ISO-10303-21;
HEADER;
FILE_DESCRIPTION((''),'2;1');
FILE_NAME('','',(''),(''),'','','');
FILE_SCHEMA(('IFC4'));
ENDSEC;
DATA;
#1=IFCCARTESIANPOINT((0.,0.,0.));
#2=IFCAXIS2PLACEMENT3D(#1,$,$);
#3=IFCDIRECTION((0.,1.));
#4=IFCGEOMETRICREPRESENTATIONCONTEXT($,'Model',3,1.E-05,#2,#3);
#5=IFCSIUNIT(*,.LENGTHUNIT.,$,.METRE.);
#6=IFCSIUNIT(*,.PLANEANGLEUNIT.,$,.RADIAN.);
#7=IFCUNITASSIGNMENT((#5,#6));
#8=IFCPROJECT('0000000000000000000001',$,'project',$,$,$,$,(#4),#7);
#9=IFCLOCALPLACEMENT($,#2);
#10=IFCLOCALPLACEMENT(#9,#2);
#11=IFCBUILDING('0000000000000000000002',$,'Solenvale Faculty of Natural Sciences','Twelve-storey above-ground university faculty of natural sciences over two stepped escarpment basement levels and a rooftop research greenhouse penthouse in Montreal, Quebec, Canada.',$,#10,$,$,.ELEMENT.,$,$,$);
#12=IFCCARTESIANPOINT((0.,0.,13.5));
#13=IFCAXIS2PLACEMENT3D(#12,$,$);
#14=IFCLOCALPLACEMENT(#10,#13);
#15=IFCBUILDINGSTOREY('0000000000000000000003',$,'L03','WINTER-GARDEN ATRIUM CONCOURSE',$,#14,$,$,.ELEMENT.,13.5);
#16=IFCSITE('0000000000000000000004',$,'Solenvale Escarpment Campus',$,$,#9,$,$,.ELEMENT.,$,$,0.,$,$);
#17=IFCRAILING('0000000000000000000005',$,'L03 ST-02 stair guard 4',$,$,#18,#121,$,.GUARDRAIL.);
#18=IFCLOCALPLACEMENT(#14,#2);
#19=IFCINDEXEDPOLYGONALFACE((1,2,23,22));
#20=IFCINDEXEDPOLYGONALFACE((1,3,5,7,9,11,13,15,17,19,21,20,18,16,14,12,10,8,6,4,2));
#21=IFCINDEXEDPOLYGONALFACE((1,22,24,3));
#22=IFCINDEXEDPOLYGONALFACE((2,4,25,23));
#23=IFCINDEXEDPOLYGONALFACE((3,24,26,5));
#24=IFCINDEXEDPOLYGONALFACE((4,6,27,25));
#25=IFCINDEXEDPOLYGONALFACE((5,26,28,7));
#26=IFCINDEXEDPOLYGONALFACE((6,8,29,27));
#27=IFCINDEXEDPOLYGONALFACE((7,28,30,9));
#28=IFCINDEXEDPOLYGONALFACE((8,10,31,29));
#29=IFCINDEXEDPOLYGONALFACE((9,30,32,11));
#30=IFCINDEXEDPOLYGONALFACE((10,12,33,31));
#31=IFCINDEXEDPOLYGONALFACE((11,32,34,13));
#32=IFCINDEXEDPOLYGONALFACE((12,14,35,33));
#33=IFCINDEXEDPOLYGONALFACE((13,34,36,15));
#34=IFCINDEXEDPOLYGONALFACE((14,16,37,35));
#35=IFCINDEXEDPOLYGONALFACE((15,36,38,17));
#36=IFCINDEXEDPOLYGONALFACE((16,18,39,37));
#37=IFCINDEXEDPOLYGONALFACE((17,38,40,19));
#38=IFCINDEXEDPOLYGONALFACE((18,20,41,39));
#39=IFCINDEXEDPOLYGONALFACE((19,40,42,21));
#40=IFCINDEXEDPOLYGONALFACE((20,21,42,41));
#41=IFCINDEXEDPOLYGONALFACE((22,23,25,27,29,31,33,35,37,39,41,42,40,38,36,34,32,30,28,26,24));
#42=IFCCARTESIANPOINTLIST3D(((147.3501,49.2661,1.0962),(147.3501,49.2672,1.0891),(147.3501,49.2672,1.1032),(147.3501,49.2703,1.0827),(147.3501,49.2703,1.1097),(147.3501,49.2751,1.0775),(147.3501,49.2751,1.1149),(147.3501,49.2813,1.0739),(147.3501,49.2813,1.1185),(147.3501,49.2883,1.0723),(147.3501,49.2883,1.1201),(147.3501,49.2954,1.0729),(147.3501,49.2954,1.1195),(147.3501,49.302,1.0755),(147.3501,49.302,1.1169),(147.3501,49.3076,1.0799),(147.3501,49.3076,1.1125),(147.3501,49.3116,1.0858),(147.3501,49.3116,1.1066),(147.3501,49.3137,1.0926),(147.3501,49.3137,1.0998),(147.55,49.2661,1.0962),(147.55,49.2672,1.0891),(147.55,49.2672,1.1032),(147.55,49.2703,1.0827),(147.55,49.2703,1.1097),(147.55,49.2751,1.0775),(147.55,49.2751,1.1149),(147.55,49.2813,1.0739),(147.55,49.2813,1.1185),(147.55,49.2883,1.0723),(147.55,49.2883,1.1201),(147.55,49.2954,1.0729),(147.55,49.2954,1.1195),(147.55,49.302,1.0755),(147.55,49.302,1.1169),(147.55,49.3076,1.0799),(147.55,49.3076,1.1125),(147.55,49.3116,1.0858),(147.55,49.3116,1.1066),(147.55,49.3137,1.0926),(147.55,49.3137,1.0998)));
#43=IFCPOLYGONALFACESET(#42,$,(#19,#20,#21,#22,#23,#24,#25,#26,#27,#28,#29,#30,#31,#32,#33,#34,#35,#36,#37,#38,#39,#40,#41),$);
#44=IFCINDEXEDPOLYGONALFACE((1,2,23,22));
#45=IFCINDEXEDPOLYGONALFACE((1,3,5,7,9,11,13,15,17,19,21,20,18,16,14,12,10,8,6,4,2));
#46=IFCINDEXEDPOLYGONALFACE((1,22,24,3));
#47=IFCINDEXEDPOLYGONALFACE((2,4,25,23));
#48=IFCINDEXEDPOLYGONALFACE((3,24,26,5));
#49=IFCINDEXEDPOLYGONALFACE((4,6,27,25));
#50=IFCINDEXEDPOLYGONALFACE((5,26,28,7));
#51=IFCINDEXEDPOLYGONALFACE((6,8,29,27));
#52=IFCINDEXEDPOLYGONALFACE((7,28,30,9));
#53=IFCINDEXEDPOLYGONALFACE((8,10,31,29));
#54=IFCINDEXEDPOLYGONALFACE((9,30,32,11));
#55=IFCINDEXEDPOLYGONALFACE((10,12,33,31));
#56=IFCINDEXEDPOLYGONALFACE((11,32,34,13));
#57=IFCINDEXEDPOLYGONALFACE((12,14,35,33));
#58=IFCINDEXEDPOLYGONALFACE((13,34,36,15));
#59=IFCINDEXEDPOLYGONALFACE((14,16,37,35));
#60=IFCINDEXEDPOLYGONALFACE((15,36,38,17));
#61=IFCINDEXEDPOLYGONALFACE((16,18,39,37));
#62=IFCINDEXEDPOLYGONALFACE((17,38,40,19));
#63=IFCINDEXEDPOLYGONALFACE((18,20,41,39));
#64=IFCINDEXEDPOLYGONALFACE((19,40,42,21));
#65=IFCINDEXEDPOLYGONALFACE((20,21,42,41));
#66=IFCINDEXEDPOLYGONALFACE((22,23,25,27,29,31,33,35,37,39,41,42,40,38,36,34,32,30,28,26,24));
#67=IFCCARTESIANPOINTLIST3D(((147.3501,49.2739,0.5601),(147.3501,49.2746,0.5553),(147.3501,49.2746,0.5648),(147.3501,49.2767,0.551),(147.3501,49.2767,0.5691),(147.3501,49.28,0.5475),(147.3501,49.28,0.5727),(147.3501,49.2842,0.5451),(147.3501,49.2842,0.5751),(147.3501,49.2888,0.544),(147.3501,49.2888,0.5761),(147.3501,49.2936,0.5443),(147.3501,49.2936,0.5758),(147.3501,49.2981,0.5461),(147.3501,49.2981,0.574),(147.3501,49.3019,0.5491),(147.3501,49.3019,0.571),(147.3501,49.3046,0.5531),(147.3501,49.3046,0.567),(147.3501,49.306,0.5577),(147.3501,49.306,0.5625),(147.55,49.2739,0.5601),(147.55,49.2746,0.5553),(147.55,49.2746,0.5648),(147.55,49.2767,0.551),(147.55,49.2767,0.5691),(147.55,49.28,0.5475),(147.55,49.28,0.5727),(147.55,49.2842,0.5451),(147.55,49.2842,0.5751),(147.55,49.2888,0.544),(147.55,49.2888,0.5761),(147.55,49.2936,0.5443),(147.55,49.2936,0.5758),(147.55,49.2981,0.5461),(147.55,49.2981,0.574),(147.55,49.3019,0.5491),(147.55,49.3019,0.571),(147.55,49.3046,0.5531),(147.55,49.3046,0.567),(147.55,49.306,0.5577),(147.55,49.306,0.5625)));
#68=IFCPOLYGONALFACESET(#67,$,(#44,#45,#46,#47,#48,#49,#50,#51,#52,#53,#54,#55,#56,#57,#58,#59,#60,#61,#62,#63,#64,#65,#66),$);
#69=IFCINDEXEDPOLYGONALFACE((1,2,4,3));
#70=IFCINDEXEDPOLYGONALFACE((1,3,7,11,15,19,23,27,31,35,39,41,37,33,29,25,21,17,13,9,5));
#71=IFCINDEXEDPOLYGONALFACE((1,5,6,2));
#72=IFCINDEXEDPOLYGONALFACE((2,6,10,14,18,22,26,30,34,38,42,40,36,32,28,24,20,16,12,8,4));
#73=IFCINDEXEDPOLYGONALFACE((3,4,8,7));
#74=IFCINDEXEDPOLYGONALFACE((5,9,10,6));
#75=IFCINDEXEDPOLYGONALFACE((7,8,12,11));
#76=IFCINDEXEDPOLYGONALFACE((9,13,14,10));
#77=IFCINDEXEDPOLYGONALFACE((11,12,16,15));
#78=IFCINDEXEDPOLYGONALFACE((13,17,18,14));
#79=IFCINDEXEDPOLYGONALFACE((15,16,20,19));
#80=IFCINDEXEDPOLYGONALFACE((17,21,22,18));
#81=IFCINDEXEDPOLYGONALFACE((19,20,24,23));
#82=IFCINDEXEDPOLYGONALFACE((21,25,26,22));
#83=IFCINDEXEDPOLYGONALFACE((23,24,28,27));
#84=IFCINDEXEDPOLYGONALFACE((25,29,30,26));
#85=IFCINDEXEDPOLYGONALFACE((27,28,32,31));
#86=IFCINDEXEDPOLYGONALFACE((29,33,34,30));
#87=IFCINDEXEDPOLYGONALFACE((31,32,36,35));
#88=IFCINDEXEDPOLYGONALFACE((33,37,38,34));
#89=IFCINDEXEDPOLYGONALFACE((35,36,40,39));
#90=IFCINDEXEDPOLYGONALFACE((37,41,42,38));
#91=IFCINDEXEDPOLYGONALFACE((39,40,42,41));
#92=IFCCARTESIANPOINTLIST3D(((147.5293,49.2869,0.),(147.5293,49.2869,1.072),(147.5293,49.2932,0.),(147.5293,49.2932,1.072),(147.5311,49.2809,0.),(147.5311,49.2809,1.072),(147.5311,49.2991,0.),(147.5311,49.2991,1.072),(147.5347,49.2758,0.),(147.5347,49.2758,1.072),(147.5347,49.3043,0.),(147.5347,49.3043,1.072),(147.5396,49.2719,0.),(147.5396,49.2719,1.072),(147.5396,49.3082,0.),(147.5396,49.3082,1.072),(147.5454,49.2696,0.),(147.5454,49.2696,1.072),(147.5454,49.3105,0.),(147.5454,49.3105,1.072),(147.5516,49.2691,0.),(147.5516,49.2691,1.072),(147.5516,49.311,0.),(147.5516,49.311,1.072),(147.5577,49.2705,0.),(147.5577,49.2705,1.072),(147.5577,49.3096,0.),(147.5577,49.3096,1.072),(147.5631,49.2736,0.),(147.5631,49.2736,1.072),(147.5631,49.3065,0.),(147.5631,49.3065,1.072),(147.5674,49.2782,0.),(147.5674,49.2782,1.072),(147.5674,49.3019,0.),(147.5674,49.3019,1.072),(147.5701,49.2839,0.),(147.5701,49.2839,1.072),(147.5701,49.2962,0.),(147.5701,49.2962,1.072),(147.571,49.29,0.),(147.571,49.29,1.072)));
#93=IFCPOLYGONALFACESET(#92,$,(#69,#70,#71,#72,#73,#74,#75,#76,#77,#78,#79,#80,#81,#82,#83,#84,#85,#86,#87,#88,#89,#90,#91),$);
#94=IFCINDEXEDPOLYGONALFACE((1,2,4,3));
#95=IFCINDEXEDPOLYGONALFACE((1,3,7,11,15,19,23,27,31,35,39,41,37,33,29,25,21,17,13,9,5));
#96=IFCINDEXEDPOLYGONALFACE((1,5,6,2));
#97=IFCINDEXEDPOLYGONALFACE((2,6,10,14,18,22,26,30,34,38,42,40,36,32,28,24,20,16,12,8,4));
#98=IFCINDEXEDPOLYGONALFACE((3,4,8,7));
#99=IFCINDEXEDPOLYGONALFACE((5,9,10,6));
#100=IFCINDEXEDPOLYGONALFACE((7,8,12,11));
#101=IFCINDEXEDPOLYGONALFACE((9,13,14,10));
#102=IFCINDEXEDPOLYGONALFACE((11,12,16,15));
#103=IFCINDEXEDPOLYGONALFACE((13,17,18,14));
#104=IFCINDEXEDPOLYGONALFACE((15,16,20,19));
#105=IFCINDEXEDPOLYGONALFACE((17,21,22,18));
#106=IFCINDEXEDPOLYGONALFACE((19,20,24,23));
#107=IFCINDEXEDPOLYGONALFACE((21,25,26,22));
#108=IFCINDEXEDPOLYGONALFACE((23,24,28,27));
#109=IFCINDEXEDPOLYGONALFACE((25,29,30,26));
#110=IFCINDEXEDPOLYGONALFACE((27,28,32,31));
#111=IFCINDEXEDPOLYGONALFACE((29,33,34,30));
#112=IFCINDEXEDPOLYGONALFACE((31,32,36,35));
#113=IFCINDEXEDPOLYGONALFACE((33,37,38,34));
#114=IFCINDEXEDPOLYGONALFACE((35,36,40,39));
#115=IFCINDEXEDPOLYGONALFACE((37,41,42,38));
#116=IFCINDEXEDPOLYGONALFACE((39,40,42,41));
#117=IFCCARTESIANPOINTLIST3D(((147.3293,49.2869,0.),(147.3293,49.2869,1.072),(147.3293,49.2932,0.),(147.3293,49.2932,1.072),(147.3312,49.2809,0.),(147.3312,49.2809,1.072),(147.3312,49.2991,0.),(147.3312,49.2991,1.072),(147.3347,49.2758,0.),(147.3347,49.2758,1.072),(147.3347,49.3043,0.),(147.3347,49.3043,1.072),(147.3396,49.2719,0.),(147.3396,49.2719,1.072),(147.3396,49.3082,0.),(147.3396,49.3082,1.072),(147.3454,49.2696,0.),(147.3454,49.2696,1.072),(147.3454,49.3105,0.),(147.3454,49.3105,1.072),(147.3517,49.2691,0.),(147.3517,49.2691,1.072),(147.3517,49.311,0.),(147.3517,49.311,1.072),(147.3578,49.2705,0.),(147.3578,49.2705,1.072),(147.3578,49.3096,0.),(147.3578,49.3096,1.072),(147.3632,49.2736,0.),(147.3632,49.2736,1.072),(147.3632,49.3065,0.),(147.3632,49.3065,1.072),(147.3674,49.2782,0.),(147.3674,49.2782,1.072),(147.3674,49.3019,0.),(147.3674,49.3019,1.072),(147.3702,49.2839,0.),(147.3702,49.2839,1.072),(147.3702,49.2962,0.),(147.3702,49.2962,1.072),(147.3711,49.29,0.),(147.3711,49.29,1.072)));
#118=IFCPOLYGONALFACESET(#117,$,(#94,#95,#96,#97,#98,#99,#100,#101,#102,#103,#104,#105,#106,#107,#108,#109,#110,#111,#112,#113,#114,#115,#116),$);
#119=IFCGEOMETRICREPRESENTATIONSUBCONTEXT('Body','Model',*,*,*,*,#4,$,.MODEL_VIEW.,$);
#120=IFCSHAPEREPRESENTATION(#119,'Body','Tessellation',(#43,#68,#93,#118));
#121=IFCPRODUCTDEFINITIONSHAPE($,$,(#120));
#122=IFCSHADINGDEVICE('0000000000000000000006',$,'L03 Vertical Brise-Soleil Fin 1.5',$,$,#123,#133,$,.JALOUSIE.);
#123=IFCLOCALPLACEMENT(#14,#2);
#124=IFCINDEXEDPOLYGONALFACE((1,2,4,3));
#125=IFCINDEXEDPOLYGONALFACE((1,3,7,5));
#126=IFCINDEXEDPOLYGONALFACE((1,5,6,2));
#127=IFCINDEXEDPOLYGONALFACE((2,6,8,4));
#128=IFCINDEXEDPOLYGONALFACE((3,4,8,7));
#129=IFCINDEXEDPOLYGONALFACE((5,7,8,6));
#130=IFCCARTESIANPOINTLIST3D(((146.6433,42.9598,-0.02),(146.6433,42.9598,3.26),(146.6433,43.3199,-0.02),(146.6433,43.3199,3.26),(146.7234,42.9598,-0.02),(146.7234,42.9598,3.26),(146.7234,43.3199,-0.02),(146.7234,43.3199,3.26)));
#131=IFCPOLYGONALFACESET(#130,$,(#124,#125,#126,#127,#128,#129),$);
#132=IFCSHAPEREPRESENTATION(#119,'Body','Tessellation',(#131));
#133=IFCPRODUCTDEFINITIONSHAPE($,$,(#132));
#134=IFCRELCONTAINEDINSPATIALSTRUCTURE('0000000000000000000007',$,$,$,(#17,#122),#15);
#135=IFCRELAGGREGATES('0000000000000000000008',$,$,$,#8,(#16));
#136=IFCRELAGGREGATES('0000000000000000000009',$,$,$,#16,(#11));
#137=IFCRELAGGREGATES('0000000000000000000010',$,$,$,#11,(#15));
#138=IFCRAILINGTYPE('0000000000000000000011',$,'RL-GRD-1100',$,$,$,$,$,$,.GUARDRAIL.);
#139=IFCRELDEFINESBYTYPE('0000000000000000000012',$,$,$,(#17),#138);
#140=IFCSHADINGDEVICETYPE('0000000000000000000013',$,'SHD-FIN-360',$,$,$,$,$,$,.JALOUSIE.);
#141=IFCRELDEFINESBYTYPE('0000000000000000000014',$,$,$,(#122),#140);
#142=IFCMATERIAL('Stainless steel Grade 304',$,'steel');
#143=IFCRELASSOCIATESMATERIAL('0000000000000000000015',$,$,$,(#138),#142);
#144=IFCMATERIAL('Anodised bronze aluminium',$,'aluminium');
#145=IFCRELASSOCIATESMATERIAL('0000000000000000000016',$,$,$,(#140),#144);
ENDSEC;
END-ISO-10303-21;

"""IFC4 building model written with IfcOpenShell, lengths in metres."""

from ifc_helpers import new_model, si_unit, direction, frame, origin, origin_2d, place, context, subcontext, project, spatial, rectangle, circle, extrude, material, material_profile, profile_set, type_object, element, save


model = new_model("IFC4")

# Units and contexts
model_context = context("Model", 3, precision=1e-05, world=origin(), true_north=direction((0.0, 1.0)))
body_context = subcontext(model_context, "Body", "Model", "MODEL_VIEW")
ifc_project = project(units=[si_unit("LENGTHUNIT", "METRE"), si_unit("PLANEANGLEUNIT", "RADIAN")], contexts=[model_context])

# Site, building, storey
site_placement = place(None, origin())
site = spatial("IfcSite", under=ifc_project, at=site_placement, Name="Solenvale Escarpment Campus", CompositionType="ELEMENT", RefElevation=0.0)
building_placement = place(site_placement, origin())
building = spatial("IfcBuilding", under=site, at=building_placement, Name="Solenvale Faculty of Natural Sciences", Description="Twelve-storey above-ground university faculty of natural sciences over two stepped escarpment basement levels and a rooftop research greenhouse penthouse in Montreal, Quebec, Canada.", CompositionType="ELEMENT")
storey_placement = place(building_placement, frame((0.0, 0.0, 13.5)))
storey = spatial("IfcBuildingStorey", under=building, at=storey_placement, Name="L03", Description="WINTER-GARDEN ATRIUM CONCOURSE", CompositionType="ELEMENT", Elevation=13.5)

# Shared definitions
ifc_material_1 = material(Name="Anodised bronze aluminium", Category="aluminium")

# Railing
ifc_material_2 = material(Name="Stainless steel Grade 304", Category="steel")
railing_type_1 = type_object("IfcRailingType", Name="RL-GRD-1100", PredefinedType="GUARDRAIL", material=ifc_material_2)
railing_1_placement = place(storey_placement, frame((147.55, 49.29, 0.0)))
element("IfcRailing", 1, at=railing_1_placement, inside=storey, type_object=railing_type_1, Name="L03 ST-02 stair guard 4", PredefinedType="GUARDRAIL", context=body_context, shape_type="SweptSolid", body=[
    extrude(circle(Radius=0.0239, at=origin_2d()), frame((0.0, 0.0, 1.0962), z_axis=(-1.0, 0.0, 0.0), x_axis=(0.0, -1.0, 0.0)), (0.0, 0.0, 1.0), 0.2),
    extrude(circle(Radius=0.0161, at=origin_2d()), frame((0.0, 0.0, 0.5601), z_axis=(-1.0, 0.0, 0.0), x_axis=(0.0, -1.0, 0.0)), (0.0, 0.0, 1.0), 0.2),
    extrude(circle(Radius=0.021, at=origin_2d()), origin(), (0.0, 0.0, 1.0), 1.072),
    extrude(circle(Radius=0.021, at=origin_2d()), frame((-0.2, 0.0, 0.0)), (0.0, 0.0, 1.0), 1.072),
])

# Shading device
ifc_material_profile_1 = material_profile(ifc_material_1, rectangle(XDim=0.0801, YDim=0.3601, at=origin_2d()), Name="ALU-FIN-80x360")
ifc_profile_set_1 = profile_set([ifc_material_profile_1], Name="Anodised bronze aluminium")
shading_device_type = type_object("IfcShadingDeviceType", Name="SHD-FIN-360", PredefinedType="JALOUSIE", material=ifc_profile_set_1)
shading_device_placement = place(storey_placement, frame((146.6833, 43.1399, -0.02), z_axis=(0.0, 0.0, 1.0), x_axis=(1.0, 0.0, 0.0)))
element("IfcShadingDevice", 2, at=shading_device_placement, inside=storey, type_object=shading_device_type, Name="L03 Vertical Brise-Soleil Fin 1.5", PredefinedType="JALOUSIE", context=body_context, shape_type="SweptSolid", body=[
    extrude(rectangle(XDim=0.0801, YDim=0.3601, at=origin_2d()), origin(), (0.0, 0.0, 1.0), 3.28),
])

save(model, "model.ifc")
